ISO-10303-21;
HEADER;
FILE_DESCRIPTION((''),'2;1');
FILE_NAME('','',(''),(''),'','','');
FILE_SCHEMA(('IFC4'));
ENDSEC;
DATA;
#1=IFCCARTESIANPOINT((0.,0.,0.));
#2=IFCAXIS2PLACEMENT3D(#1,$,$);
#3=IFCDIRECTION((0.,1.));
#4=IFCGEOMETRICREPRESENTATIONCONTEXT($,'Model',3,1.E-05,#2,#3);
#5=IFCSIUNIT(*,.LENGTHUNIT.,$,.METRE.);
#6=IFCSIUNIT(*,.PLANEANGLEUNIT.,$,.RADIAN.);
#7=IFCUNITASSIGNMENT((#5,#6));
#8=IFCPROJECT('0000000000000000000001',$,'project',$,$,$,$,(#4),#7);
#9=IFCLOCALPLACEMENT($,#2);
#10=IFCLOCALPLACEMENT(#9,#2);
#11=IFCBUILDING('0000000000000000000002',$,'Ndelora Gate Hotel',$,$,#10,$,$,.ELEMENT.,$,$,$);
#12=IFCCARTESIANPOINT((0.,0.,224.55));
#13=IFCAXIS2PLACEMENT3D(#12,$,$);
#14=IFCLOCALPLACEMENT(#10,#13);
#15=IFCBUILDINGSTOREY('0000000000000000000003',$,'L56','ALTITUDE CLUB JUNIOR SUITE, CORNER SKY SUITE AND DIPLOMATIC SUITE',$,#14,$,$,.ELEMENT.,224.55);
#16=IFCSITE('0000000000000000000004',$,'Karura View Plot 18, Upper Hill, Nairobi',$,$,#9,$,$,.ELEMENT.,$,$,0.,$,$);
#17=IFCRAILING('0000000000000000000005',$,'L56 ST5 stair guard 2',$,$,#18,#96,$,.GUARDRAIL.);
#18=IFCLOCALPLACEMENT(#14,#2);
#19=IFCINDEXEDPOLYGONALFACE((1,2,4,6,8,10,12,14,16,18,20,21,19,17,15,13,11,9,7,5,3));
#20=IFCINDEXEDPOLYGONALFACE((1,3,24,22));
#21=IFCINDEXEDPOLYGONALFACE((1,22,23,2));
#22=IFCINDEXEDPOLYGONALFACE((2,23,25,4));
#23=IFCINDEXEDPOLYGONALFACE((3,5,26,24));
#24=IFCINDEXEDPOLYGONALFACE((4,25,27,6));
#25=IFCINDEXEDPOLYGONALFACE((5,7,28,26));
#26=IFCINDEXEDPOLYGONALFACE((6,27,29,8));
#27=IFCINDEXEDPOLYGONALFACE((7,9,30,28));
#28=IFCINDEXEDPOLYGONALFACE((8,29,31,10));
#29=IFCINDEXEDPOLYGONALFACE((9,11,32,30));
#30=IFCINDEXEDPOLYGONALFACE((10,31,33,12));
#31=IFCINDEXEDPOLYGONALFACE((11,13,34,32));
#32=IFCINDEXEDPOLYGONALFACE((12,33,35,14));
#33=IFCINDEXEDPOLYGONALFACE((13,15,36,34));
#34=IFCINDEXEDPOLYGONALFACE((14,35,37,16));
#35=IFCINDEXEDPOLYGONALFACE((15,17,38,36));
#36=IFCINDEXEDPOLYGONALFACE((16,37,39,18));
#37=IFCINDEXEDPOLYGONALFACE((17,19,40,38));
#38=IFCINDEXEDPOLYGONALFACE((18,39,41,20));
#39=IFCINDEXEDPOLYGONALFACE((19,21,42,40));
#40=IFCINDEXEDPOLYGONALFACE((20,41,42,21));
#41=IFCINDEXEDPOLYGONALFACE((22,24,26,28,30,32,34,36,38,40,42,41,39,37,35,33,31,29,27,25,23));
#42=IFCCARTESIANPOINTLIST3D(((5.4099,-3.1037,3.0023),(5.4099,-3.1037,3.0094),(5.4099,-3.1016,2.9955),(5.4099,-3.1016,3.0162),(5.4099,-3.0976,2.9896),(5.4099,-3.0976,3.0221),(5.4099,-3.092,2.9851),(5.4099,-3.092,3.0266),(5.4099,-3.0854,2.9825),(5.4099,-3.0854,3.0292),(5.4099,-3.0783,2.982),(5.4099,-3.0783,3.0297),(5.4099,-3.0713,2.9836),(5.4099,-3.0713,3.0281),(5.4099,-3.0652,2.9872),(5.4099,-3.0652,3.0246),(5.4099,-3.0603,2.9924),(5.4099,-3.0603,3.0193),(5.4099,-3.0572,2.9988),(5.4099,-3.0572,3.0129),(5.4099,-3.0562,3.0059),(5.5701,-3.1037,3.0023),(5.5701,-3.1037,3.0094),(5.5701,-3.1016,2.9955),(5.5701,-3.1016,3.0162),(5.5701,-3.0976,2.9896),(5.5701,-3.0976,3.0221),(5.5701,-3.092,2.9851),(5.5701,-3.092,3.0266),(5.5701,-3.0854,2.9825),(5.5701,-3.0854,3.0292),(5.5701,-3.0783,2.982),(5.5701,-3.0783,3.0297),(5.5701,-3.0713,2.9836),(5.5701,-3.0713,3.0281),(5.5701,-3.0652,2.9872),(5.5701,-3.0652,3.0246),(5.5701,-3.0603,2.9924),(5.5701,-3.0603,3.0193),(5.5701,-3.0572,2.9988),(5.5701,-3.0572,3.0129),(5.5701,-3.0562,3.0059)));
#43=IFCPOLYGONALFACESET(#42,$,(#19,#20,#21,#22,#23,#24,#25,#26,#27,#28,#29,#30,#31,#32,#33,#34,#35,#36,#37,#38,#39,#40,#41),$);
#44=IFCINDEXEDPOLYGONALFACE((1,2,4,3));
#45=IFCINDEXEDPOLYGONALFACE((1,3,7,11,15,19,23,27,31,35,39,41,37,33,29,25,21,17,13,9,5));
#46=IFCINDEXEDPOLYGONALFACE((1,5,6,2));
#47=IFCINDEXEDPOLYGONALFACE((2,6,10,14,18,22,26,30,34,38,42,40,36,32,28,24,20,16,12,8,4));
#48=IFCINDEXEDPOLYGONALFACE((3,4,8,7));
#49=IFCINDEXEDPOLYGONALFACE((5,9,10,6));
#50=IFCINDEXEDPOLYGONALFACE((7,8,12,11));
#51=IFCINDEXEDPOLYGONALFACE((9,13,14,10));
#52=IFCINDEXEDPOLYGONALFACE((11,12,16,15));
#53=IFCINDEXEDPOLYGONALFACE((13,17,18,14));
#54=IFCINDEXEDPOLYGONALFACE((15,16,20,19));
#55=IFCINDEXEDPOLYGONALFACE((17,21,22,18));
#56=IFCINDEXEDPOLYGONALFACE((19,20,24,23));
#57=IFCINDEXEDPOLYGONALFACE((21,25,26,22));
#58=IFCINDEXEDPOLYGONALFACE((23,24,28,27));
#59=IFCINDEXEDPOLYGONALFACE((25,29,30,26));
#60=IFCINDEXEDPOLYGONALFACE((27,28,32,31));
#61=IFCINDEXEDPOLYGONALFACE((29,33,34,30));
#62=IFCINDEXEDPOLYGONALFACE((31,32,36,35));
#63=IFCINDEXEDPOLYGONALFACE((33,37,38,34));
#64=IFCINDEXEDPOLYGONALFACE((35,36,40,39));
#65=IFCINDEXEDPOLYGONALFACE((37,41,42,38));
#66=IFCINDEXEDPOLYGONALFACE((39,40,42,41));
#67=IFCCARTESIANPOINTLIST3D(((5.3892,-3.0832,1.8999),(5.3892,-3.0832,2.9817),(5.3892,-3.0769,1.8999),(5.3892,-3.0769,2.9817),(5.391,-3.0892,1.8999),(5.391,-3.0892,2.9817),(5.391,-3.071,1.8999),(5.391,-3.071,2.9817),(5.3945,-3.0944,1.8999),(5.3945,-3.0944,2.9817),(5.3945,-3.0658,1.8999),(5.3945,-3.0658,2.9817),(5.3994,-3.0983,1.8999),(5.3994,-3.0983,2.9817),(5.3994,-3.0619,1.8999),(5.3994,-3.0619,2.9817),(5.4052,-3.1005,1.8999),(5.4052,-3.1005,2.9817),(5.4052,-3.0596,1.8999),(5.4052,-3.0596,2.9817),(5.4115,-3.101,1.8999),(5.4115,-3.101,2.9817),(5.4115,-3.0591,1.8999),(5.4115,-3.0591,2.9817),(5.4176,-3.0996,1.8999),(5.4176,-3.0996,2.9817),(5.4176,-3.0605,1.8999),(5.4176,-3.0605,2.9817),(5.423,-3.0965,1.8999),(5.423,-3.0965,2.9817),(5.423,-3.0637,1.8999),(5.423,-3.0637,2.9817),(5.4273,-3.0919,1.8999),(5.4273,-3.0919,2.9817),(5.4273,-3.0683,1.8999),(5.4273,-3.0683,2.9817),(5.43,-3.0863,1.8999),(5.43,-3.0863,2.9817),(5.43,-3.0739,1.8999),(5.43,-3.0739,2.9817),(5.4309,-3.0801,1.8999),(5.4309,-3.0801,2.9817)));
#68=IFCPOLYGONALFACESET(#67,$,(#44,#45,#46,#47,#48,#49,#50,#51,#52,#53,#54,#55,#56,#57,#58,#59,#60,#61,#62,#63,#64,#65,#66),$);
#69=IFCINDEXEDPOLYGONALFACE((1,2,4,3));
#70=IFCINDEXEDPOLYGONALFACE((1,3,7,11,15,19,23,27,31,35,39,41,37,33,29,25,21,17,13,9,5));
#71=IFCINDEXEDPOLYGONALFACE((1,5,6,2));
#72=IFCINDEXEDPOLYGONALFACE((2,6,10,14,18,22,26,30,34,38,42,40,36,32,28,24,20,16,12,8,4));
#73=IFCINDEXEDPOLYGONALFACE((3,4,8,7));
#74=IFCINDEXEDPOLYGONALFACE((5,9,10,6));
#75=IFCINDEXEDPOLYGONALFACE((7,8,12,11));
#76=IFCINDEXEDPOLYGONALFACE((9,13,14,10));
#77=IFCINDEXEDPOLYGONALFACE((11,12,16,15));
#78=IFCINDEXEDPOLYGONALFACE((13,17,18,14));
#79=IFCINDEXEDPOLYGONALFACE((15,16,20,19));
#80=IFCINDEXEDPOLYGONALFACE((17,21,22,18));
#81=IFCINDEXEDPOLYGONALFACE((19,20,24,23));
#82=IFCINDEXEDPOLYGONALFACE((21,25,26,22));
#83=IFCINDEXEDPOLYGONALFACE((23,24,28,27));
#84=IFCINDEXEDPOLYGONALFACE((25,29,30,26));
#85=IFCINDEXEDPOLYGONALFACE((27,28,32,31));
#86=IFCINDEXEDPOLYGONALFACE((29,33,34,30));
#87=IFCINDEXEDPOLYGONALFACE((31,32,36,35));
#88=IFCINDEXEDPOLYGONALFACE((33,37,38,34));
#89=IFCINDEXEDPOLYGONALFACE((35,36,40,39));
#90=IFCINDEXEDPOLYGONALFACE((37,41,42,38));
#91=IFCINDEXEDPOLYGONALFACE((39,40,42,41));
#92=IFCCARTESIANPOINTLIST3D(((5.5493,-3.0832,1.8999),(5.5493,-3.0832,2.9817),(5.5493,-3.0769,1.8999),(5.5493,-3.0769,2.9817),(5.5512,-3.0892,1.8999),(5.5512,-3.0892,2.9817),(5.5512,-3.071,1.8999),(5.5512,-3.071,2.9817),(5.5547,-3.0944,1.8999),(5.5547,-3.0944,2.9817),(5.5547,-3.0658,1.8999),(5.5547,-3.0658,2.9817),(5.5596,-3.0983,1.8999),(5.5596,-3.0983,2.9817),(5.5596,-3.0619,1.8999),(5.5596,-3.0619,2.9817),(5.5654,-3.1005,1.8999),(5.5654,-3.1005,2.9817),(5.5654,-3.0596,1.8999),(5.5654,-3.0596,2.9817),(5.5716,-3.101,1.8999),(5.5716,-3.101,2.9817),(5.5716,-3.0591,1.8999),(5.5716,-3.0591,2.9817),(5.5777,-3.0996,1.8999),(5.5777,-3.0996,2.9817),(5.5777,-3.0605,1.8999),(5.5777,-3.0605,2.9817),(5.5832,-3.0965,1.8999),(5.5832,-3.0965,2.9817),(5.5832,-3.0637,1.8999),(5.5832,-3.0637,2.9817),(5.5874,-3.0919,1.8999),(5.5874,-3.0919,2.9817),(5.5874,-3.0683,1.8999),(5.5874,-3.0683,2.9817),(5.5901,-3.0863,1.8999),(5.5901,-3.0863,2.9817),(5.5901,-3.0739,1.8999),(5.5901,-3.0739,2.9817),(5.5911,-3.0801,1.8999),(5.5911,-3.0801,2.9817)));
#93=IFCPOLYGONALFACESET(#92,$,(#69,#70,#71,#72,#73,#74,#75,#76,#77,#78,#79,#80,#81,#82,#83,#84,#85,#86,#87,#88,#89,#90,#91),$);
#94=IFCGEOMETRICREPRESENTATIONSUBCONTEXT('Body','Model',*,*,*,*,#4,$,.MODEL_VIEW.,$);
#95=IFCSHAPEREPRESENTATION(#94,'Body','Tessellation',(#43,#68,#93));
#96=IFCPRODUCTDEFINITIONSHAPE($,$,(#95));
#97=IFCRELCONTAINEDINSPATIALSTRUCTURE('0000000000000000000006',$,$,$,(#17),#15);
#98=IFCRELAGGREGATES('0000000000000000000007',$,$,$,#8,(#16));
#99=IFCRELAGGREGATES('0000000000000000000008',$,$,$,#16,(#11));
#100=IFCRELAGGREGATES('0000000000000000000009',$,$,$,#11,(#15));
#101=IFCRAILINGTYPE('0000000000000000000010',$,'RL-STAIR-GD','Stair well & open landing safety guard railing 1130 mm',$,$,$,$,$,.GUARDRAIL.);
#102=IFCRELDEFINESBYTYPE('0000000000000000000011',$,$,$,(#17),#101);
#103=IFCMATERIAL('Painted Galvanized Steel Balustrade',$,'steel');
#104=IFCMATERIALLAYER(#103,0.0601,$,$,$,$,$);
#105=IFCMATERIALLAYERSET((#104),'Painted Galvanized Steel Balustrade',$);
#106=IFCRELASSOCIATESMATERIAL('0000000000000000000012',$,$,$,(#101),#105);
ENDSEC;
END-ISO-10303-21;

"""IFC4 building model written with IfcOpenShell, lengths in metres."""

from ifc_helpers import new_model, si_unit, direction, frame, origin, origin_2d, place, context, subcontext, project, spatial, circle, extrude, material, layer, layer_set, type_object, element, save


model = new_model("IFC4")

# Units and contexts
model_context = context("Model", 3, precision=1e-05, world=origin(), true_north=direction((0.0, 1.0)))
body_context = subcontext(model_context, "Body", "Model", "MODEL_VIEW")
ifc_project = project(units=[si_unit("LENGTHUNIT", "METRE"), si_unit("PLANEANGLEUNIT", "RADIAN")], contexts=[model_context])

# Site, building, storey
site_placement = place(None, origin())
site = spatial("IfcSite", under=ifc_project, at=site_placement, Name="Karura View Plot 18, Upper Hill, Nairobi", CompositionType="ELEMENT", RefElevation=0.0)
building_placement = place(site_placement, origin())
building = spatial("IfcBuilding", under=site, at=building_placement, Name="Ndelora Gate Hotel", CompositionType="ELEMENT")
storey_placement = place(building_placement, frame((0.0, 0.0, 224.55)))
storey = spatial("IfcBuildingStorey", under=building, at=storey_placement, Name="L56", Description="ALTITUDE CLUB JUNIOR SUITE, CORNER SKY SUITE AND DIPLOMATIC SUITE", CompositionType="ELEMENT", Elevation=224.55)

# Railing
ifc_material_1 = material(Name="Painted Galvanized Steel Balustrade", Category="steel")
ifc_layer_1 = layer(ifc_material_1, 0.0601)
ifc_layer_set_1 = layer_set([ifc_layer_1], Name="Painted Galvanized Steel Balustrade")
railing_type_1 = type_object("IfcRailingType", Name="RL-STAIR-GD", Description="Stair well & open landing safety guard railing 1130 mm", PredefinedType="GUARDRAIL", material=ifc_layer_set_1)
railing_1_placement = place(storey_placement, frame((5.4099, -3.0801, 1.8999)))
element("IfcRailing", 1, at=railing_1_placement, inside=storey, type_object=railing_type_1, Name="L56 ST5 stair guard 2", PredefinedType="GUARDRAIL", context=body_context, shape_type="SweptSolid", body=[
    extrude(circle(Radius=0.0239, at=origin_2d()), frame((0.0, 0.0, 1.106), z_axis=(1.0, 0.0, 0.0), x_axis=(0.0, 1.0, 0.0)), (0.0, 0.0, 1.0), 0.1602),
    extrude(circle(Radius=0.021, at=origin_2d()), origin(), (0.0, 0.0, 1.0), 1.0818),
    extrude(circle(Radius=0.021, at=origin_2d()), frame((0.1602, 0.0, 0.0)), (0.0, 0.0, 1.0), 1.0818),
])

save(model, "model.ifc")
